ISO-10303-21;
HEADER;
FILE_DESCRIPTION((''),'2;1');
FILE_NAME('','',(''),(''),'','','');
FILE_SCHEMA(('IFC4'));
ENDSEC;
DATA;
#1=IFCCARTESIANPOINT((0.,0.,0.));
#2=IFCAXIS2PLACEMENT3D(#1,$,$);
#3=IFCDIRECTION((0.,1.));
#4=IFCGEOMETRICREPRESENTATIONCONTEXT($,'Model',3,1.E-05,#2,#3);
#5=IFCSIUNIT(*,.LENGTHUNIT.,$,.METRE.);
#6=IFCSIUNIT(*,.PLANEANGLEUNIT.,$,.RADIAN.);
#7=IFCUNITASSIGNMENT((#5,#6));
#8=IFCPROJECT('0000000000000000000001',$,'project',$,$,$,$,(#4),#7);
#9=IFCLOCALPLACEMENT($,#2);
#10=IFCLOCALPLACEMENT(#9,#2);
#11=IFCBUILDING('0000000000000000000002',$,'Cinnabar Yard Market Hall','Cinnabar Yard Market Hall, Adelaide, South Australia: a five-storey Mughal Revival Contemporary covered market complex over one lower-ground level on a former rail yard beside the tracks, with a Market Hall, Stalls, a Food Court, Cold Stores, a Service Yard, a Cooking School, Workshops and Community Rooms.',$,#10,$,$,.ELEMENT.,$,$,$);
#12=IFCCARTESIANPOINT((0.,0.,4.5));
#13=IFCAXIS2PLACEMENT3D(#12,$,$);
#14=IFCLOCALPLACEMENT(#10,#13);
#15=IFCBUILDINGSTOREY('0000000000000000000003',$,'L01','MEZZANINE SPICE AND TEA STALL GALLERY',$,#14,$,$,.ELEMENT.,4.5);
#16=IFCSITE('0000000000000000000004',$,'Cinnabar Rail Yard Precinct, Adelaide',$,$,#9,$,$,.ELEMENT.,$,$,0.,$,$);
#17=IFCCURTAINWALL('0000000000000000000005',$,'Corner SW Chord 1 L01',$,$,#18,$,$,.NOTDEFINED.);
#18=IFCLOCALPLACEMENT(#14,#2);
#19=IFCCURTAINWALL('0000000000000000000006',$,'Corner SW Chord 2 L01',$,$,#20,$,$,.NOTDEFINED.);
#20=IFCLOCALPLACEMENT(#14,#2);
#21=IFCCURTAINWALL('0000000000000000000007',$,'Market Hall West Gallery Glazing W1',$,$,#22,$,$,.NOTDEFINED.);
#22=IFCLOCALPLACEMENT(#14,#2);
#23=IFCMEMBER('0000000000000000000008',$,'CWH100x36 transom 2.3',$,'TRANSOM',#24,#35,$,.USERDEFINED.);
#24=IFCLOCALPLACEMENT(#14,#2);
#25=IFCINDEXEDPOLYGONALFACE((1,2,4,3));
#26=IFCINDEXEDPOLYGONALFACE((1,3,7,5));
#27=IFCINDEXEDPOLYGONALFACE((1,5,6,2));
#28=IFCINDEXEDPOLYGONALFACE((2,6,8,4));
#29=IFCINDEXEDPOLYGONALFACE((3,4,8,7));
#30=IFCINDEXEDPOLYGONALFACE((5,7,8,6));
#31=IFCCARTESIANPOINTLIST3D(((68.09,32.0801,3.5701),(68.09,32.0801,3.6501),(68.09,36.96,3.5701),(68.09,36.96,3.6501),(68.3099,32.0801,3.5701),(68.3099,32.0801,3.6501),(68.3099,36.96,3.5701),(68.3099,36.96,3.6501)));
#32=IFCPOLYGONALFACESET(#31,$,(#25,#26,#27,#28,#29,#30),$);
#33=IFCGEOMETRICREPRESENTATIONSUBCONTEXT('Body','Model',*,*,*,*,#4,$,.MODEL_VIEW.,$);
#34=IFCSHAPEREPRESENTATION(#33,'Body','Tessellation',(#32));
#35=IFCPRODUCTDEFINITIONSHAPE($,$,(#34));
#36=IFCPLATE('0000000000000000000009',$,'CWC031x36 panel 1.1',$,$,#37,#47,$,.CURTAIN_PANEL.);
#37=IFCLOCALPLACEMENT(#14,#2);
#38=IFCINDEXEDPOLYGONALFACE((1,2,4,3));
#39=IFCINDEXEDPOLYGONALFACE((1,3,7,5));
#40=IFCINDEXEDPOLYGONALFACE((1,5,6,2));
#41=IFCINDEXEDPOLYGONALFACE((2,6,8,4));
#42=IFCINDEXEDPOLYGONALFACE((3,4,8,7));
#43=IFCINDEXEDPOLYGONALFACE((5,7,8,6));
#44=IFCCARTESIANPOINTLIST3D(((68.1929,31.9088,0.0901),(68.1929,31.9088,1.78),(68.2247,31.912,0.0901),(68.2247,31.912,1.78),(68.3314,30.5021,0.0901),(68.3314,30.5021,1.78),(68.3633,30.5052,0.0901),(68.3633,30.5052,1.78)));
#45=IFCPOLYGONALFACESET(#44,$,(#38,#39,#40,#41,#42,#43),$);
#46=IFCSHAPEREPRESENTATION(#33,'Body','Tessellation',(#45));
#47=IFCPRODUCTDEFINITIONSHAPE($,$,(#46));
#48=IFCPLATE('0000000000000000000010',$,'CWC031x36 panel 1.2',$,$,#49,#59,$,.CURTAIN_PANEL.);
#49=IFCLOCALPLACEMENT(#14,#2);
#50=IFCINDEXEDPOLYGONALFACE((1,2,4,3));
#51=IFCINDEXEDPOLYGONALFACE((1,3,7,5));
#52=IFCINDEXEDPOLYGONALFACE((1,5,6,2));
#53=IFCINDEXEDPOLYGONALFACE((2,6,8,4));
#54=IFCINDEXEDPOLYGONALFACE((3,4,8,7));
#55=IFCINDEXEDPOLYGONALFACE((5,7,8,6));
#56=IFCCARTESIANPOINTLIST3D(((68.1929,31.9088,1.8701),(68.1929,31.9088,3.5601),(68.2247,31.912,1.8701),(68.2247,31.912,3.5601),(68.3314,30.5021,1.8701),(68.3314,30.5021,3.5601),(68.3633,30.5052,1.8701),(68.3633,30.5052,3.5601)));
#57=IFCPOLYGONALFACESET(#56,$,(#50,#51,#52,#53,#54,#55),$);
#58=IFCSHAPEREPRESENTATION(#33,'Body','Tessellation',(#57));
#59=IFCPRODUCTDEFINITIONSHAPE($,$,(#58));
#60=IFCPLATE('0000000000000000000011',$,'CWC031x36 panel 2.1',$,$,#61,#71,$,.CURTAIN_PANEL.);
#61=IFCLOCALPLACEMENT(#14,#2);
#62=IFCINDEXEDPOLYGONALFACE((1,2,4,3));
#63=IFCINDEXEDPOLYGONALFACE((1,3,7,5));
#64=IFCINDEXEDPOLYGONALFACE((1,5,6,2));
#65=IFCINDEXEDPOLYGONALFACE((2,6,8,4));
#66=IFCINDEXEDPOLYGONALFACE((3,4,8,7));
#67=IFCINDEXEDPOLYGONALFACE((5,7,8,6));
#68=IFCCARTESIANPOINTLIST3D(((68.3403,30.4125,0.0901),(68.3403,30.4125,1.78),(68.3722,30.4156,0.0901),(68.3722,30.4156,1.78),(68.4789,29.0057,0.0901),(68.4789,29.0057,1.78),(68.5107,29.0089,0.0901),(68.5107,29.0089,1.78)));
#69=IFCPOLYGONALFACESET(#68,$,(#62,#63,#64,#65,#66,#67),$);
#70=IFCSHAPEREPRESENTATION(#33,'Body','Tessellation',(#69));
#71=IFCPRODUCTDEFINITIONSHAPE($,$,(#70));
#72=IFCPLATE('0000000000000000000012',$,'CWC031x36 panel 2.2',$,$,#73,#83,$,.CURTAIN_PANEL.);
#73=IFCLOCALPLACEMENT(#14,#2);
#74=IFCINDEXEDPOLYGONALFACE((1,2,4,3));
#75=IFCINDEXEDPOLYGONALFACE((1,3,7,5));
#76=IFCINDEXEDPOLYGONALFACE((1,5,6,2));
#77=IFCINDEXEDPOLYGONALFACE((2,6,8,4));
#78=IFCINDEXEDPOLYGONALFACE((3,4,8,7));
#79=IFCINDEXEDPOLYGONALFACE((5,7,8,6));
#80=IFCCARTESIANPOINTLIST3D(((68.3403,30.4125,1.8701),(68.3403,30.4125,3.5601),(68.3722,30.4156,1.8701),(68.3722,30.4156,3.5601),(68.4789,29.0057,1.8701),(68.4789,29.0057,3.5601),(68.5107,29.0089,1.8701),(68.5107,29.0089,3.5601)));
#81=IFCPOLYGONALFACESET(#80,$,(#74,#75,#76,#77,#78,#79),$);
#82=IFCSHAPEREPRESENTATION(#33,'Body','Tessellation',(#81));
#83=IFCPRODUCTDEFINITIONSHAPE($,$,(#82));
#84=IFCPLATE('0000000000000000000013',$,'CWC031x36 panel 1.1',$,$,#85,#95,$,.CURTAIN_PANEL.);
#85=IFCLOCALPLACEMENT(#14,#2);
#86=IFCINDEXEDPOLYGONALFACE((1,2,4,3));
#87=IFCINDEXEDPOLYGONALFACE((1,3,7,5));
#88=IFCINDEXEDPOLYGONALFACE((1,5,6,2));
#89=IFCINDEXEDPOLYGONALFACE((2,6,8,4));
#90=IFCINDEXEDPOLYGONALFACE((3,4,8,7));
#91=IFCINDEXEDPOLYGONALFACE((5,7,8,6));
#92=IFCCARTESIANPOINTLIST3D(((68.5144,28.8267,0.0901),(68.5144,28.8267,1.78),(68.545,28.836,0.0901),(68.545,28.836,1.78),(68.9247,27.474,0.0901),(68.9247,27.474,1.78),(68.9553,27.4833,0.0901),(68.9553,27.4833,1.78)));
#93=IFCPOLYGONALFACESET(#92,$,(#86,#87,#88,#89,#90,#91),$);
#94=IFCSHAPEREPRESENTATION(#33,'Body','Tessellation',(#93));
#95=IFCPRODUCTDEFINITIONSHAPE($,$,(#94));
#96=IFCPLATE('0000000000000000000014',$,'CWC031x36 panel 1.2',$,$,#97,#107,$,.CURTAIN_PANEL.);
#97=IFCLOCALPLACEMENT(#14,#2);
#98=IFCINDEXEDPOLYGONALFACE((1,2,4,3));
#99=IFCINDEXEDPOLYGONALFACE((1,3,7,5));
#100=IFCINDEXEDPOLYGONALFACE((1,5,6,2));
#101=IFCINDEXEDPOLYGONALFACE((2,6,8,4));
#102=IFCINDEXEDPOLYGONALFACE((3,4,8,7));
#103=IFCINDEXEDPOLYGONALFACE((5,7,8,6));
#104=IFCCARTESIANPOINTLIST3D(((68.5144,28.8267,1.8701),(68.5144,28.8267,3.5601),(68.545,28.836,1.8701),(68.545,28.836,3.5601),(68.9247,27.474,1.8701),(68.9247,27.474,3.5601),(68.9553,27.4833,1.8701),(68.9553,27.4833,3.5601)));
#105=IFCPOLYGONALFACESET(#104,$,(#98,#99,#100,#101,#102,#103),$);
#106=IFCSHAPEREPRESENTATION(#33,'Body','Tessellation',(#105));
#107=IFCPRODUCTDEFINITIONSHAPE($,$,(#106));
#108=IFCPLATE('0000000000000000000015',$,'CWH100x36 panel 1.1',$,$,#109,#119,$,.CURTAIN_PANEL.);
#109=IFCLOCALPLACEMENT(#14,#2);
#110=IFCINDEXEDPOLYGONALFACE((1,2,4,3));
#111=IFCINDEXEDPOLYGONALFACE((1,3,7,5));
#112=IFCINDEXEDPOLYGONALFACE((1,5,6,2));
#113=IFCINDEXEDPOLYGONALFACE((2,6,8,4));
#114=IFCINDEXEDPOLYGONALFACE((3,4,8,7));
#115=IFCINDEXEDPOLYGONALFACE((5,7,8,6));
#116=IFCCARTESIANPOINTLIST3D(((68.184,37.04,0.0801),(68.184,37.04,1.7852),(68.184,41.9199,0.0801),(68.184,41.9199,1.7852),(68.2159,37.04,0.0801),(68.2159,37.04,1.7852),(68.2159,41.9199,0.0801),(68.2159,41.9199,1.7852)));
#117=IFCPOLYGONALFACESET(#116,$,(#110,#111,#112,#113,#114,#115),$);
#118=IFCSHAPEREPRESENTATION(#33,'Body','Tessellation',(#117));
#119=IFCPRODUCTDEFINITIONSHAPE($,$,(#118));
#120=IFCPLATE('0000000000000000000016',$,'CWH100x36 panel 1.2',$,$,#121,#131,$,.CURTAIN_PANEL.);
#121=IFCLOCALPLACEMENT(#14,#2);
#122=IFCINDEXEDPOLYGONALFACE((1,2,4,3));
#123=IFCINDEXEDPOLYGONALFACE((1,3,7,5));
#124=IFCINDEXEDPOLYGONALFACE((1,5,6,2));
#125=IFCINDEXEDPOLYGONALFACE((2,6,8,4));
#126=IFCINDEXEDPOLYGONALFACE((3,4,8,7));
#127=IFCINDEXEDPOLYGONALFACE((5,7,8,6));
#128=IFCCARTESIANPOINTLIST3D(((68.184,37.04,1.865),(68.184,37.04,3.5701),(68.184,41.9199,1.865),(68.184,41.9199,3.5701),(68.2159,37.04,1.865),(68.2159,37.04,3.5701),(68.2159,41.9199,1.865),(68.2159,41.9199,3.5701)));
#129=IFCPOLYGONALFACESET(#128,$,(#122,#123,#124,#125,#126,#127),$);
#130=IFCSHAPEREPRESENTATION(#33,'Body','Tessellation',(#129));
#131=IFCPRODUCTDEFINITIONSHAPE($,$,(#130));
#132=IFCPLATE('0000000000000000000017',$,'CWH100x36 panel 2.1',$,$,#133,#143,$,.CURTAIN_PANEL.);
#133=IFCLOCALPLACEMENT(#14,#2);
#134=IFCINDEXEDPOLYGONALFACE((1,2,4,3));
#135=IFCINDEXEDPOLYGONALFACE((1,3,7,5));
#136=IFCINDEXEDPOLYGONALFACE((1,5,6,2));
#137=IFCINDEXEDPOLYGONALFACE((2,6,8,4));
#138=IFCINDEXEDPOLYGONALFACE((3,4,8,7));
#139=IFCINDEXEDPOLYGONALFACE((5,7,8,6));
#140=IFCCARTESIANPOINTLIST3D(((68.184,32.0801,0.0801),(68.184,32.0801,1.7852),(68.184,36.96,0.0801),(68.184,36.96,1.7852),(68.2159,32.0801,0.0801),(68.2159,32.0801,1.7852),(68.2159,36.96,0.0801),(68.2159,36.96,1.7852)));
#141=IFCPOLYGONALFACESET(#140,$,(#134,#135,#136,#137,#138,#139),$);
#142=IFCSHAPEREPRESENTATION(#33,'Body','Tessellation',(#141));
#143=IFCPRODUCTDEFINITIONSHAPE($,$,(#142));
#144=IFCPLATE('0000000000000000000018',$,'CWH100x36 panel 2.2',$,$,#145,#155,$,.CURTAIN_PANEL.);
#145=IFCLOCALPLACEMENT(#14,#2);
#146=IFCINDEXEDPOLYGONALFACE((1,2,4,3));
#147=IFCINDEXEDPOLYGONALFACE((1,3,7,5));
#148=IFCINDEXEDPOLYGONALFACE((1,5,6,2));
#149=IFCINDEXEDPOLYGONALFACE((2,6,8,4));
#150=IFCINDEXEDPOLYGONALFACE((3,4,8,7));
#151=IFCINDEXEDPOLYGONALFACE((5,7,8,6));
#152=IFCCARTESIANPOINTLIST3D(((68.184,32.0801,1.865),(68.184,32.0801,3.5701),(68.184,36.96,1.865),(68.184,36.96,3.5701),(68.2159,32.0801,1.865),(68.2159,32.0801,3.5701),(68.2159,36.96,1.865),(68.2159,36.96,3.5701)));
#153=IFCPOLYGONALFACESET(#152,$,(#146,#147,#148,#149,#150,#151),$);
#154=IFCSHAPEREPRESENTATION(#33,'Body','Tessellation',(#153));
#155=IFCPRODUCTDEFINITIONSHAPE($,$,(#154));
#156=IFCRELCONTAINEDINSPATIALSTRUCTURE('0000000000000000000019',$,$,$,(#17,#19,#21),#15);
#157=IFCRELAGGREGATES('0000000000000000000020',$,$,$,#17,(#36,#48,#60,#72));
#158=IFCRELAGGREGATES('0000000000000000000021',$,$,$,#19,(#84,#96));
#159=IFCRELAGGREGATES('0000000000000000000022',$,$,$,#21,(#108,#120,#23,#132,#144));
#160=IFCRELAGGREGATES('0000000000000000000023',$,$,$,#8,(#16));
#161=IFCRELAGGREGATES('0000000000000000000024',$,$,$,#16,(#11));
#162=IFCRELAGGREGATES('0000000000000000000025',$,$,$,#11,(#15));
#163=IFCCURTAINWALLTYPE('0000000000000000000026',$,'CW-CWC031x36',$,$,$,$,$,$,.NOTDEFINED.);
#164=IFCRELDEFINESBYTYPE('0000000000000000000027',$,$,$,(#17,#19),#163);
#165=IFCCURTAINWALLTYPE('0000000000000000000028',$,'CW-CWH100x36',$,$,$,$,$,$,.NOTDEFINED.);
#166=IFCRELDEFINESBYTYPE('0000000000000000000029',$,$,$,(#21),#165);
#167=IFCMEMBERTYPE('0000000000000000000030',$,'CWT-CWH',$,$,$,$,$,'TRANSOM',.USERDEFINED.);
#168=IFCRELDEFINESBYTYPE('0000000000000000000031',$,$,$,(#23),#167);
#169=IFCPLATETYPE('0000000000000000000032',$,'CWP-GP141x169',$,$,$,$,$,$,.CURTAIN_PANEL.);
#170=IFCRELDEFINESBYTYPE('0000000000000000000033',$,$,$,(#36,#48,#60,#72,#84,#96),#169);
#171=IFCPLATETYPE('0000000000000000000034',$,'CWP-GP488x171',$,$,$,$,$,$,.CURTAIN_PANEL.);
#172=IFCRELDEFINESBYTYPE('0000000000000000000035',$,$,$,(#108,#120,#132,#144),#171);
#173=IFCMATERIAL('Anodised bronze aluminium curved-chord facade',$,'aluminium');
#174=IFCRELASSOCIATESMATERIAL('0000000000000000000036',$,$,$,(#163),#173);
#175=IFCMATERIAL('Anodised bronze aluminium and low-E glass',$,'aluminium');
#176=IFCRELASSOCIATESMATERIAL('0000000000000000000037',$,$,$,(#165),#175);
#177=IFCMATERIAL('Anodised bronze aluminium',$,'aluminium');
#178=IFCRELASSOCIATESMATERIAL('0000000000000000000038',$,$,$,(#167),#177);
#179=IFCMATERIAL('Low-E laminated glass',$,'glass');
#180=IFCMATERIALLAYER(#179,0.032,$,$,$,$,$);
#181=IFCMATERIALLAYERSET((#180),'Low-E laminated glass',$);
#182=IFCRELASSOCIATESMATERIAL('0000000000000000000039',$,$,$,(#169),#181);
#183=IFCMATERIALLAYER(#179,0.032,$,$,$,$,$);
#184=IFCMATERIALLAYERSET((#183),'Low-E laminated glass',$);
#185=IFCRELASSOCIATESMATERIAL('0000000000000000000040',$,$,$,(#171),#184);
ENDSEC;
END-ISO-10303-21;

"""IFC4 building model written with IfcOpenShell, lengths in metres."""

from ifc_helpers import new_model, si_unit, direction, frame, origin, origin_2d_with_axis, place, context, subcontext, project, spatial, rectangle, extrude, material, layer, layer_set, material_profile, profile_set, type_object, element, aggregate, save


model = new_model("IFC4")

# Units and contexts
model_context = context("Model", 3, precision=1e-05, world=origin(), true_north=direction((0.0, 1.0)))
body_context = subcontext(model_context, "Body", "Model", "MODEL_VIEW")
ifc_project = project(units=[si_unit("LENGTHUNIT", "METRE"), si_unit("PLANEANGLEUNIT", "RADIAN")], contexts=[model_context])

# Site, building, storey
site_placement = place(None, origin())
site = spatial("IfcSite", under=ifc_project, at=site_placement, Name="Cinnabar Rail Yard Precinct, Adelaide", CompositionType="ELEMENT", RefElevation=0.0)
building_placement = place(site_placement, origin())
building = spatial("IfcBuilding", under=site, at=building_placement, Name="Cinnabar Yard Market Hall", Description="Cinnabar Yard Market Hall, Adelaide, South Australia: a five-storey Mughal Revival Contemporary covered market complex over one lower-ground level on a former rail yard beside the tracks, with a Market Hall, Stalls, a Food Court, Cold Stores, a Service Yard, a Cooking School, Workshops and Community Rooms.", CompositionType="ELEMENT")
storey_placement = place(building_placement, frame((0.0, 0.0, 4.5)))
storey = spatial("IfcBuildingStorey", under=building, at=storey_placement, Name="L01", Description="MEZZANINE SPICE AND TEA STALL GALLERY", CompositionType="ELEMENT", Elevation=4.5)

# Curtain walls
ifc_material_1 = material(Name="Anodised bronze aluminium curved-chord facade", Category="aluminium")
curtain_wall_type_1 = type_object("IfcCurtainWallType", Name="CW-CWC031x36", PredefinedType="NOTDEFINED", material=ifc_material_1)
curtain_wall_1_placement = place(storey_placement, origin())
curtain_wall_1 = element("IfcCurtainWall", 1, at=curtain_wall_1_placement, inside=storey, type_object=curtain_wall_type_1, Name="Corner SW Chord 1 L01", PredefinedType="NOTDEFINED")
ifc_material_2 = material(Name="Anodised bronze aluminium", Category="aluminium")
curtain_wall_2_placement = place(storey_placement, origin())
curtain_wall_2 = element("IfcCurtainWall", 2, at=curtain_wall_2_placement, inside=storey, type_object=curtain_wall_type_1, Name="Corner SW Chord 2 L01", PredefinedType="NOTDEFINED")
ifc_material_3 = material(Name="Anodised bronze aluminium and low-E glass", Category="aluminium")
curtain_wall_type_2 = type_object("IfcCurtainWallType", Name="CW-CWH100x36", PredefinedType="NOTDEFINED", material=ifc_material_3)
curtain_wall_3_placement = place(storey_placement, origin())
curtain_wall_3 = element("IfcCurtainWall", 3, at=curtain_wall_3_placement, inside=storey, type_object=curtain_wall_type_2, Name="Market Hall West Gallery Glazing W1", PredefinedType="NOTDEFINED")

# Member
ifc_material_profile_1 = material_profile(ifc_material_2, rectangle(XDim=0.22, YDim=0.0801, at=origin_2d_with_axis()), Name="TRN-CWH")
ifc_profile_set_1 = profile_set([ifc_material_profile_1], Name="Anodised bronze aluminium")
member_type_1 = type_object("IfcMemberType", Name="CWT-CWH", ElementType="TRANSOM", PredefinedType="USERDEFINED", material=ifc_profile_set_1)
member_1_placement = place(storey_placement, frame((68.2, 36.96, 3.6101), z_axis=(0.0, -1.0, 0.0), x_axis=(1.0, 0.0, 0.0)))
member_1 = element("IfcMember", 4, at=member_1_placement, type_object=member_type_1, Name="CWH100x36 transom 2.3", ObjectType="TRANSOM", PredefinedType="USERDEFINED", context=body_context, shape_type="SweptSolid", body=[
    extrude(rectangle(XDim=0.22, YDim=0.0801, at=origin_2d_with_axis()), origin(), (0.0, 0.0, 1.0), 4.8799),
])

# Plates
ifc_material_4 = material(Name="Low-E laminated glass", Category="glass")
ifc_layer_1 = layer(ifc_material_4, 0.032)
ifc_layer_set_1 = layer_set([ifc_layer_1], Name="Low-E laminated glass")
plate_type_1 = type_object("IfcPlateType", Name="CWP-GP141x169", PredefinedType="CURTAIN_PANEL", material=ifc_layer_set_1)
plate_1_placement = place(storey_placement, frame((68.2781, 31.207, 0.0901), z_axis=(0.0, 0.0, 1.0), x_axis=(0.09802, -0.995184, 0.0)))
plate_1 = element("IfcPlate", 5, at=plate_1_placement, type_object=plate_type_1, Name="CWC031x36 panel 1.1", PredefinedType="CURTAIN_PANEL", context=body_context, shape_type="SweptSolid", body=[
    extrude(rectangle(XDim=1.4136, YDim=0.032, at=origin_2d_with_axis()), origin(), (0.0, 0.0, 1.0), 1.6899),
])
plate_2_placement = place(storey_placement, frame((68.2781, 31.207, 1.8701), z_axis=(0.0, 0.0, 1.0), x_axis=(0.09802, -0.995184, 0.0)))
plate_2 = element("IfcPlate", 6, at=plate_2_placement, type_object=plate_type_1, Name="CWC031x36 panel 1.2", PredefinedType="CURTAIN_PANEL", context=body_context, shape_type="SweptSolid", body=[
    extrude(rectangle(XDim=1.4136, YDim=0.032, at=origin_2d_with_axis()), origin(), (0.0, 0.0, 1.0), 1.6899),
])
plate_3_placement = place(storey_placement, frame((68.4255, 29.7107, 0.0901), z_axis=(0.0, 0.0, 1.0), x_axis=(0.09802, -0.995184, 0.0)))
plate_3 = element("IfcPlate", 7, at=plate_3_placement, type_object=plate_type_1, Name="CWC031x36 panel 2.1", PredefinedType="CURTAIN_PANEL", context=body_context, shape_type="SweptSolid", body=[
    extrude(rectangle(XDim=1.4136, YDim=0.032, at=origin_2d_with_axis()), origin(), (0.0, 0.0, 1.0), 1.6899),
])
plate_4_placement = place(storey_placement, frame((68.4255, 29.7107, 1.8701), z_axis=(0.0, 0.0, 1.0), x_axis=(0.09802, -0.995184, 0.0)))
plate_4 = element("IfcPlate", 8, at=plate_4_placement, type_object=plate_type_1, Name="CWC031x36 panel 2.2", PredefinedType="CURTAIN_PANEL", context=body_context, shape_type="SweptSolid", body=[
    extrude(rectangle(XDim=1.4136, YDim=0.032, at=origin_2d_with_axis()), origin(), (0.0, 0.0, 1.0), 1.6899),
])
aggregate(curtain_wall_1, [plate_1, plate_2, plate_3, plate_4])
plate_5_placement = place(storey_placement, frame((68.7349, 28.155, 0.0901), z_axis=(0.0, 0.0, 1.0), x_axis=(0.290279, -0.956942, 0.0)))
plate_5 = element("IfcPlate", 9, at=plate_5_placement, type_object=plate_type_1, Name="CWC031x36 panel 1.1", PredefinedType="CURTAIN_PANEL", context=body_context, shape_type="SweptSolid", body=[
    extrude(rectangle(XDim=1.4136, YDim=0.032, at=origin_2d_with_axis()), origin(), (0.0, 0.0, 1.0), 1.6899),
])
plate_6_placement = place(storey_placement, frame((68.7349, 28.155, 1.8701), z_axis=(0.0, 0.0, 1.0), x_axis=(0.290279, -0.956942, 0.0)))
plate_6 = element("IfcPlate", 10, at=plate_6_placement, type_object=plate_type_1, Name="CWC031x36 panel 1.2", PredefinedType="CURTAIN_PANEL", context=body_context, shape_type="SweptSolid", body=[
    extrude(rectangle(XDim=1.4136, YDim=0.032, at=origin_2d_with_axis()), origin(), (0.0, 0.0, 1.0), 1.6899),
])
aggregate(curtain_wall_2, [plate_5, plate_6])
ifc_layer_2 = layer(ifc_material_4, 0.032)
ifc_layer_set_2 = layer_set([ifc_layer_2], Name="Low-E laminated glass")
plate_type_2 = type_object("IfcPlateType", Name="CWP-GP488x171", PredefinedType="CURTAIN_PANEL", material=ifc_layer_set_2)
plate_7_placement = place(storey_placement, frame((68.2, 39.48, 0.0801), z_axis=(0.0, 0.0, 1.0), x_axis=(0.0, -1.0, 0.0)))
plate_7 = element("IfcPlate", 11, at=plate_7_placement, type_object=plate_type_2, Name="CWH100x36 panel 1.1", PredefinedType="CURTAIN_PANEL", context=body_context, shape_type="SweptSolid", body=[
    extrude(rectangle(XDim=4.8799, YDim=0.032, at=origin_2d_with_axis()), origin(), (0.0, 0.0, 1.0), 1.7051),
])
plate_8_placement = place(storey_placement, frame((68.2, 39.48, 1.865), z_axis=(0.0, 0.0, 1.0), x_axis=(0.0, -1.0, 0.0)))
plate_8 = element("IfcPlate", 12, at=plate_8_placement, type_object=plate_type_2, Name="CWH100x36 panel 1.2", PredefinedType="CURTAIN_PANEL", context=body_context, shape_type="SweptSolid", body=[
    extrude(rectangle(XDim=4.8799, YDim=0.032, at=origin_2d_with_axis()), origin(), (0.0, 0.0, 1.0), 1.7051),
])
plate_9_placement = place(storey_placement, frame((68.2, 34.52, 0.0801), z_axis=(0.0, 0.0, 1.0), x_axis=(0.0, -1.0, 0.0)))
plate_9 = element("IfcPlate", 13, at=plate_9_placement, type_object=plate_type_2, Name="CWH100x36 panel 2.1", PredefinedType="CURTAIN_PANEL", context=body_context, shape_type="SweptSolid", body=[
    extrude(rectangle(XDim=4.8799, YDim=0.032, at=origin_2d_with_axis()), origin(), (0.0, 0.0, 1.0), 1.7051),
])
plate_10_placement = place(storey_placement, frame((68.2, 34.52, 1.865), z_axis=(0.0, 0.0, 1.0), x_axis=(0.0, -1.0, 0.0)))
plate_10 = element("IfcPlate", 14, at=plate_10_placement, type_object=plate_type_2, Name="CWH100x36 panel 2.2", PredefinedType="CURTAIN_PANEL", context=body_context, shape_type="SweptSolid", body=[
    extrude(rectangle(XDim=4.8799, YDim=0.032, at=origin_2d_with_axis()), origin(), (0.0, 0.0, 1.0), 1.7051),
])
aggregate(curtain_wall_3, [plate_7, plate_8, member_1, plate_9, plate_10])

save(model, "model.ifc")
